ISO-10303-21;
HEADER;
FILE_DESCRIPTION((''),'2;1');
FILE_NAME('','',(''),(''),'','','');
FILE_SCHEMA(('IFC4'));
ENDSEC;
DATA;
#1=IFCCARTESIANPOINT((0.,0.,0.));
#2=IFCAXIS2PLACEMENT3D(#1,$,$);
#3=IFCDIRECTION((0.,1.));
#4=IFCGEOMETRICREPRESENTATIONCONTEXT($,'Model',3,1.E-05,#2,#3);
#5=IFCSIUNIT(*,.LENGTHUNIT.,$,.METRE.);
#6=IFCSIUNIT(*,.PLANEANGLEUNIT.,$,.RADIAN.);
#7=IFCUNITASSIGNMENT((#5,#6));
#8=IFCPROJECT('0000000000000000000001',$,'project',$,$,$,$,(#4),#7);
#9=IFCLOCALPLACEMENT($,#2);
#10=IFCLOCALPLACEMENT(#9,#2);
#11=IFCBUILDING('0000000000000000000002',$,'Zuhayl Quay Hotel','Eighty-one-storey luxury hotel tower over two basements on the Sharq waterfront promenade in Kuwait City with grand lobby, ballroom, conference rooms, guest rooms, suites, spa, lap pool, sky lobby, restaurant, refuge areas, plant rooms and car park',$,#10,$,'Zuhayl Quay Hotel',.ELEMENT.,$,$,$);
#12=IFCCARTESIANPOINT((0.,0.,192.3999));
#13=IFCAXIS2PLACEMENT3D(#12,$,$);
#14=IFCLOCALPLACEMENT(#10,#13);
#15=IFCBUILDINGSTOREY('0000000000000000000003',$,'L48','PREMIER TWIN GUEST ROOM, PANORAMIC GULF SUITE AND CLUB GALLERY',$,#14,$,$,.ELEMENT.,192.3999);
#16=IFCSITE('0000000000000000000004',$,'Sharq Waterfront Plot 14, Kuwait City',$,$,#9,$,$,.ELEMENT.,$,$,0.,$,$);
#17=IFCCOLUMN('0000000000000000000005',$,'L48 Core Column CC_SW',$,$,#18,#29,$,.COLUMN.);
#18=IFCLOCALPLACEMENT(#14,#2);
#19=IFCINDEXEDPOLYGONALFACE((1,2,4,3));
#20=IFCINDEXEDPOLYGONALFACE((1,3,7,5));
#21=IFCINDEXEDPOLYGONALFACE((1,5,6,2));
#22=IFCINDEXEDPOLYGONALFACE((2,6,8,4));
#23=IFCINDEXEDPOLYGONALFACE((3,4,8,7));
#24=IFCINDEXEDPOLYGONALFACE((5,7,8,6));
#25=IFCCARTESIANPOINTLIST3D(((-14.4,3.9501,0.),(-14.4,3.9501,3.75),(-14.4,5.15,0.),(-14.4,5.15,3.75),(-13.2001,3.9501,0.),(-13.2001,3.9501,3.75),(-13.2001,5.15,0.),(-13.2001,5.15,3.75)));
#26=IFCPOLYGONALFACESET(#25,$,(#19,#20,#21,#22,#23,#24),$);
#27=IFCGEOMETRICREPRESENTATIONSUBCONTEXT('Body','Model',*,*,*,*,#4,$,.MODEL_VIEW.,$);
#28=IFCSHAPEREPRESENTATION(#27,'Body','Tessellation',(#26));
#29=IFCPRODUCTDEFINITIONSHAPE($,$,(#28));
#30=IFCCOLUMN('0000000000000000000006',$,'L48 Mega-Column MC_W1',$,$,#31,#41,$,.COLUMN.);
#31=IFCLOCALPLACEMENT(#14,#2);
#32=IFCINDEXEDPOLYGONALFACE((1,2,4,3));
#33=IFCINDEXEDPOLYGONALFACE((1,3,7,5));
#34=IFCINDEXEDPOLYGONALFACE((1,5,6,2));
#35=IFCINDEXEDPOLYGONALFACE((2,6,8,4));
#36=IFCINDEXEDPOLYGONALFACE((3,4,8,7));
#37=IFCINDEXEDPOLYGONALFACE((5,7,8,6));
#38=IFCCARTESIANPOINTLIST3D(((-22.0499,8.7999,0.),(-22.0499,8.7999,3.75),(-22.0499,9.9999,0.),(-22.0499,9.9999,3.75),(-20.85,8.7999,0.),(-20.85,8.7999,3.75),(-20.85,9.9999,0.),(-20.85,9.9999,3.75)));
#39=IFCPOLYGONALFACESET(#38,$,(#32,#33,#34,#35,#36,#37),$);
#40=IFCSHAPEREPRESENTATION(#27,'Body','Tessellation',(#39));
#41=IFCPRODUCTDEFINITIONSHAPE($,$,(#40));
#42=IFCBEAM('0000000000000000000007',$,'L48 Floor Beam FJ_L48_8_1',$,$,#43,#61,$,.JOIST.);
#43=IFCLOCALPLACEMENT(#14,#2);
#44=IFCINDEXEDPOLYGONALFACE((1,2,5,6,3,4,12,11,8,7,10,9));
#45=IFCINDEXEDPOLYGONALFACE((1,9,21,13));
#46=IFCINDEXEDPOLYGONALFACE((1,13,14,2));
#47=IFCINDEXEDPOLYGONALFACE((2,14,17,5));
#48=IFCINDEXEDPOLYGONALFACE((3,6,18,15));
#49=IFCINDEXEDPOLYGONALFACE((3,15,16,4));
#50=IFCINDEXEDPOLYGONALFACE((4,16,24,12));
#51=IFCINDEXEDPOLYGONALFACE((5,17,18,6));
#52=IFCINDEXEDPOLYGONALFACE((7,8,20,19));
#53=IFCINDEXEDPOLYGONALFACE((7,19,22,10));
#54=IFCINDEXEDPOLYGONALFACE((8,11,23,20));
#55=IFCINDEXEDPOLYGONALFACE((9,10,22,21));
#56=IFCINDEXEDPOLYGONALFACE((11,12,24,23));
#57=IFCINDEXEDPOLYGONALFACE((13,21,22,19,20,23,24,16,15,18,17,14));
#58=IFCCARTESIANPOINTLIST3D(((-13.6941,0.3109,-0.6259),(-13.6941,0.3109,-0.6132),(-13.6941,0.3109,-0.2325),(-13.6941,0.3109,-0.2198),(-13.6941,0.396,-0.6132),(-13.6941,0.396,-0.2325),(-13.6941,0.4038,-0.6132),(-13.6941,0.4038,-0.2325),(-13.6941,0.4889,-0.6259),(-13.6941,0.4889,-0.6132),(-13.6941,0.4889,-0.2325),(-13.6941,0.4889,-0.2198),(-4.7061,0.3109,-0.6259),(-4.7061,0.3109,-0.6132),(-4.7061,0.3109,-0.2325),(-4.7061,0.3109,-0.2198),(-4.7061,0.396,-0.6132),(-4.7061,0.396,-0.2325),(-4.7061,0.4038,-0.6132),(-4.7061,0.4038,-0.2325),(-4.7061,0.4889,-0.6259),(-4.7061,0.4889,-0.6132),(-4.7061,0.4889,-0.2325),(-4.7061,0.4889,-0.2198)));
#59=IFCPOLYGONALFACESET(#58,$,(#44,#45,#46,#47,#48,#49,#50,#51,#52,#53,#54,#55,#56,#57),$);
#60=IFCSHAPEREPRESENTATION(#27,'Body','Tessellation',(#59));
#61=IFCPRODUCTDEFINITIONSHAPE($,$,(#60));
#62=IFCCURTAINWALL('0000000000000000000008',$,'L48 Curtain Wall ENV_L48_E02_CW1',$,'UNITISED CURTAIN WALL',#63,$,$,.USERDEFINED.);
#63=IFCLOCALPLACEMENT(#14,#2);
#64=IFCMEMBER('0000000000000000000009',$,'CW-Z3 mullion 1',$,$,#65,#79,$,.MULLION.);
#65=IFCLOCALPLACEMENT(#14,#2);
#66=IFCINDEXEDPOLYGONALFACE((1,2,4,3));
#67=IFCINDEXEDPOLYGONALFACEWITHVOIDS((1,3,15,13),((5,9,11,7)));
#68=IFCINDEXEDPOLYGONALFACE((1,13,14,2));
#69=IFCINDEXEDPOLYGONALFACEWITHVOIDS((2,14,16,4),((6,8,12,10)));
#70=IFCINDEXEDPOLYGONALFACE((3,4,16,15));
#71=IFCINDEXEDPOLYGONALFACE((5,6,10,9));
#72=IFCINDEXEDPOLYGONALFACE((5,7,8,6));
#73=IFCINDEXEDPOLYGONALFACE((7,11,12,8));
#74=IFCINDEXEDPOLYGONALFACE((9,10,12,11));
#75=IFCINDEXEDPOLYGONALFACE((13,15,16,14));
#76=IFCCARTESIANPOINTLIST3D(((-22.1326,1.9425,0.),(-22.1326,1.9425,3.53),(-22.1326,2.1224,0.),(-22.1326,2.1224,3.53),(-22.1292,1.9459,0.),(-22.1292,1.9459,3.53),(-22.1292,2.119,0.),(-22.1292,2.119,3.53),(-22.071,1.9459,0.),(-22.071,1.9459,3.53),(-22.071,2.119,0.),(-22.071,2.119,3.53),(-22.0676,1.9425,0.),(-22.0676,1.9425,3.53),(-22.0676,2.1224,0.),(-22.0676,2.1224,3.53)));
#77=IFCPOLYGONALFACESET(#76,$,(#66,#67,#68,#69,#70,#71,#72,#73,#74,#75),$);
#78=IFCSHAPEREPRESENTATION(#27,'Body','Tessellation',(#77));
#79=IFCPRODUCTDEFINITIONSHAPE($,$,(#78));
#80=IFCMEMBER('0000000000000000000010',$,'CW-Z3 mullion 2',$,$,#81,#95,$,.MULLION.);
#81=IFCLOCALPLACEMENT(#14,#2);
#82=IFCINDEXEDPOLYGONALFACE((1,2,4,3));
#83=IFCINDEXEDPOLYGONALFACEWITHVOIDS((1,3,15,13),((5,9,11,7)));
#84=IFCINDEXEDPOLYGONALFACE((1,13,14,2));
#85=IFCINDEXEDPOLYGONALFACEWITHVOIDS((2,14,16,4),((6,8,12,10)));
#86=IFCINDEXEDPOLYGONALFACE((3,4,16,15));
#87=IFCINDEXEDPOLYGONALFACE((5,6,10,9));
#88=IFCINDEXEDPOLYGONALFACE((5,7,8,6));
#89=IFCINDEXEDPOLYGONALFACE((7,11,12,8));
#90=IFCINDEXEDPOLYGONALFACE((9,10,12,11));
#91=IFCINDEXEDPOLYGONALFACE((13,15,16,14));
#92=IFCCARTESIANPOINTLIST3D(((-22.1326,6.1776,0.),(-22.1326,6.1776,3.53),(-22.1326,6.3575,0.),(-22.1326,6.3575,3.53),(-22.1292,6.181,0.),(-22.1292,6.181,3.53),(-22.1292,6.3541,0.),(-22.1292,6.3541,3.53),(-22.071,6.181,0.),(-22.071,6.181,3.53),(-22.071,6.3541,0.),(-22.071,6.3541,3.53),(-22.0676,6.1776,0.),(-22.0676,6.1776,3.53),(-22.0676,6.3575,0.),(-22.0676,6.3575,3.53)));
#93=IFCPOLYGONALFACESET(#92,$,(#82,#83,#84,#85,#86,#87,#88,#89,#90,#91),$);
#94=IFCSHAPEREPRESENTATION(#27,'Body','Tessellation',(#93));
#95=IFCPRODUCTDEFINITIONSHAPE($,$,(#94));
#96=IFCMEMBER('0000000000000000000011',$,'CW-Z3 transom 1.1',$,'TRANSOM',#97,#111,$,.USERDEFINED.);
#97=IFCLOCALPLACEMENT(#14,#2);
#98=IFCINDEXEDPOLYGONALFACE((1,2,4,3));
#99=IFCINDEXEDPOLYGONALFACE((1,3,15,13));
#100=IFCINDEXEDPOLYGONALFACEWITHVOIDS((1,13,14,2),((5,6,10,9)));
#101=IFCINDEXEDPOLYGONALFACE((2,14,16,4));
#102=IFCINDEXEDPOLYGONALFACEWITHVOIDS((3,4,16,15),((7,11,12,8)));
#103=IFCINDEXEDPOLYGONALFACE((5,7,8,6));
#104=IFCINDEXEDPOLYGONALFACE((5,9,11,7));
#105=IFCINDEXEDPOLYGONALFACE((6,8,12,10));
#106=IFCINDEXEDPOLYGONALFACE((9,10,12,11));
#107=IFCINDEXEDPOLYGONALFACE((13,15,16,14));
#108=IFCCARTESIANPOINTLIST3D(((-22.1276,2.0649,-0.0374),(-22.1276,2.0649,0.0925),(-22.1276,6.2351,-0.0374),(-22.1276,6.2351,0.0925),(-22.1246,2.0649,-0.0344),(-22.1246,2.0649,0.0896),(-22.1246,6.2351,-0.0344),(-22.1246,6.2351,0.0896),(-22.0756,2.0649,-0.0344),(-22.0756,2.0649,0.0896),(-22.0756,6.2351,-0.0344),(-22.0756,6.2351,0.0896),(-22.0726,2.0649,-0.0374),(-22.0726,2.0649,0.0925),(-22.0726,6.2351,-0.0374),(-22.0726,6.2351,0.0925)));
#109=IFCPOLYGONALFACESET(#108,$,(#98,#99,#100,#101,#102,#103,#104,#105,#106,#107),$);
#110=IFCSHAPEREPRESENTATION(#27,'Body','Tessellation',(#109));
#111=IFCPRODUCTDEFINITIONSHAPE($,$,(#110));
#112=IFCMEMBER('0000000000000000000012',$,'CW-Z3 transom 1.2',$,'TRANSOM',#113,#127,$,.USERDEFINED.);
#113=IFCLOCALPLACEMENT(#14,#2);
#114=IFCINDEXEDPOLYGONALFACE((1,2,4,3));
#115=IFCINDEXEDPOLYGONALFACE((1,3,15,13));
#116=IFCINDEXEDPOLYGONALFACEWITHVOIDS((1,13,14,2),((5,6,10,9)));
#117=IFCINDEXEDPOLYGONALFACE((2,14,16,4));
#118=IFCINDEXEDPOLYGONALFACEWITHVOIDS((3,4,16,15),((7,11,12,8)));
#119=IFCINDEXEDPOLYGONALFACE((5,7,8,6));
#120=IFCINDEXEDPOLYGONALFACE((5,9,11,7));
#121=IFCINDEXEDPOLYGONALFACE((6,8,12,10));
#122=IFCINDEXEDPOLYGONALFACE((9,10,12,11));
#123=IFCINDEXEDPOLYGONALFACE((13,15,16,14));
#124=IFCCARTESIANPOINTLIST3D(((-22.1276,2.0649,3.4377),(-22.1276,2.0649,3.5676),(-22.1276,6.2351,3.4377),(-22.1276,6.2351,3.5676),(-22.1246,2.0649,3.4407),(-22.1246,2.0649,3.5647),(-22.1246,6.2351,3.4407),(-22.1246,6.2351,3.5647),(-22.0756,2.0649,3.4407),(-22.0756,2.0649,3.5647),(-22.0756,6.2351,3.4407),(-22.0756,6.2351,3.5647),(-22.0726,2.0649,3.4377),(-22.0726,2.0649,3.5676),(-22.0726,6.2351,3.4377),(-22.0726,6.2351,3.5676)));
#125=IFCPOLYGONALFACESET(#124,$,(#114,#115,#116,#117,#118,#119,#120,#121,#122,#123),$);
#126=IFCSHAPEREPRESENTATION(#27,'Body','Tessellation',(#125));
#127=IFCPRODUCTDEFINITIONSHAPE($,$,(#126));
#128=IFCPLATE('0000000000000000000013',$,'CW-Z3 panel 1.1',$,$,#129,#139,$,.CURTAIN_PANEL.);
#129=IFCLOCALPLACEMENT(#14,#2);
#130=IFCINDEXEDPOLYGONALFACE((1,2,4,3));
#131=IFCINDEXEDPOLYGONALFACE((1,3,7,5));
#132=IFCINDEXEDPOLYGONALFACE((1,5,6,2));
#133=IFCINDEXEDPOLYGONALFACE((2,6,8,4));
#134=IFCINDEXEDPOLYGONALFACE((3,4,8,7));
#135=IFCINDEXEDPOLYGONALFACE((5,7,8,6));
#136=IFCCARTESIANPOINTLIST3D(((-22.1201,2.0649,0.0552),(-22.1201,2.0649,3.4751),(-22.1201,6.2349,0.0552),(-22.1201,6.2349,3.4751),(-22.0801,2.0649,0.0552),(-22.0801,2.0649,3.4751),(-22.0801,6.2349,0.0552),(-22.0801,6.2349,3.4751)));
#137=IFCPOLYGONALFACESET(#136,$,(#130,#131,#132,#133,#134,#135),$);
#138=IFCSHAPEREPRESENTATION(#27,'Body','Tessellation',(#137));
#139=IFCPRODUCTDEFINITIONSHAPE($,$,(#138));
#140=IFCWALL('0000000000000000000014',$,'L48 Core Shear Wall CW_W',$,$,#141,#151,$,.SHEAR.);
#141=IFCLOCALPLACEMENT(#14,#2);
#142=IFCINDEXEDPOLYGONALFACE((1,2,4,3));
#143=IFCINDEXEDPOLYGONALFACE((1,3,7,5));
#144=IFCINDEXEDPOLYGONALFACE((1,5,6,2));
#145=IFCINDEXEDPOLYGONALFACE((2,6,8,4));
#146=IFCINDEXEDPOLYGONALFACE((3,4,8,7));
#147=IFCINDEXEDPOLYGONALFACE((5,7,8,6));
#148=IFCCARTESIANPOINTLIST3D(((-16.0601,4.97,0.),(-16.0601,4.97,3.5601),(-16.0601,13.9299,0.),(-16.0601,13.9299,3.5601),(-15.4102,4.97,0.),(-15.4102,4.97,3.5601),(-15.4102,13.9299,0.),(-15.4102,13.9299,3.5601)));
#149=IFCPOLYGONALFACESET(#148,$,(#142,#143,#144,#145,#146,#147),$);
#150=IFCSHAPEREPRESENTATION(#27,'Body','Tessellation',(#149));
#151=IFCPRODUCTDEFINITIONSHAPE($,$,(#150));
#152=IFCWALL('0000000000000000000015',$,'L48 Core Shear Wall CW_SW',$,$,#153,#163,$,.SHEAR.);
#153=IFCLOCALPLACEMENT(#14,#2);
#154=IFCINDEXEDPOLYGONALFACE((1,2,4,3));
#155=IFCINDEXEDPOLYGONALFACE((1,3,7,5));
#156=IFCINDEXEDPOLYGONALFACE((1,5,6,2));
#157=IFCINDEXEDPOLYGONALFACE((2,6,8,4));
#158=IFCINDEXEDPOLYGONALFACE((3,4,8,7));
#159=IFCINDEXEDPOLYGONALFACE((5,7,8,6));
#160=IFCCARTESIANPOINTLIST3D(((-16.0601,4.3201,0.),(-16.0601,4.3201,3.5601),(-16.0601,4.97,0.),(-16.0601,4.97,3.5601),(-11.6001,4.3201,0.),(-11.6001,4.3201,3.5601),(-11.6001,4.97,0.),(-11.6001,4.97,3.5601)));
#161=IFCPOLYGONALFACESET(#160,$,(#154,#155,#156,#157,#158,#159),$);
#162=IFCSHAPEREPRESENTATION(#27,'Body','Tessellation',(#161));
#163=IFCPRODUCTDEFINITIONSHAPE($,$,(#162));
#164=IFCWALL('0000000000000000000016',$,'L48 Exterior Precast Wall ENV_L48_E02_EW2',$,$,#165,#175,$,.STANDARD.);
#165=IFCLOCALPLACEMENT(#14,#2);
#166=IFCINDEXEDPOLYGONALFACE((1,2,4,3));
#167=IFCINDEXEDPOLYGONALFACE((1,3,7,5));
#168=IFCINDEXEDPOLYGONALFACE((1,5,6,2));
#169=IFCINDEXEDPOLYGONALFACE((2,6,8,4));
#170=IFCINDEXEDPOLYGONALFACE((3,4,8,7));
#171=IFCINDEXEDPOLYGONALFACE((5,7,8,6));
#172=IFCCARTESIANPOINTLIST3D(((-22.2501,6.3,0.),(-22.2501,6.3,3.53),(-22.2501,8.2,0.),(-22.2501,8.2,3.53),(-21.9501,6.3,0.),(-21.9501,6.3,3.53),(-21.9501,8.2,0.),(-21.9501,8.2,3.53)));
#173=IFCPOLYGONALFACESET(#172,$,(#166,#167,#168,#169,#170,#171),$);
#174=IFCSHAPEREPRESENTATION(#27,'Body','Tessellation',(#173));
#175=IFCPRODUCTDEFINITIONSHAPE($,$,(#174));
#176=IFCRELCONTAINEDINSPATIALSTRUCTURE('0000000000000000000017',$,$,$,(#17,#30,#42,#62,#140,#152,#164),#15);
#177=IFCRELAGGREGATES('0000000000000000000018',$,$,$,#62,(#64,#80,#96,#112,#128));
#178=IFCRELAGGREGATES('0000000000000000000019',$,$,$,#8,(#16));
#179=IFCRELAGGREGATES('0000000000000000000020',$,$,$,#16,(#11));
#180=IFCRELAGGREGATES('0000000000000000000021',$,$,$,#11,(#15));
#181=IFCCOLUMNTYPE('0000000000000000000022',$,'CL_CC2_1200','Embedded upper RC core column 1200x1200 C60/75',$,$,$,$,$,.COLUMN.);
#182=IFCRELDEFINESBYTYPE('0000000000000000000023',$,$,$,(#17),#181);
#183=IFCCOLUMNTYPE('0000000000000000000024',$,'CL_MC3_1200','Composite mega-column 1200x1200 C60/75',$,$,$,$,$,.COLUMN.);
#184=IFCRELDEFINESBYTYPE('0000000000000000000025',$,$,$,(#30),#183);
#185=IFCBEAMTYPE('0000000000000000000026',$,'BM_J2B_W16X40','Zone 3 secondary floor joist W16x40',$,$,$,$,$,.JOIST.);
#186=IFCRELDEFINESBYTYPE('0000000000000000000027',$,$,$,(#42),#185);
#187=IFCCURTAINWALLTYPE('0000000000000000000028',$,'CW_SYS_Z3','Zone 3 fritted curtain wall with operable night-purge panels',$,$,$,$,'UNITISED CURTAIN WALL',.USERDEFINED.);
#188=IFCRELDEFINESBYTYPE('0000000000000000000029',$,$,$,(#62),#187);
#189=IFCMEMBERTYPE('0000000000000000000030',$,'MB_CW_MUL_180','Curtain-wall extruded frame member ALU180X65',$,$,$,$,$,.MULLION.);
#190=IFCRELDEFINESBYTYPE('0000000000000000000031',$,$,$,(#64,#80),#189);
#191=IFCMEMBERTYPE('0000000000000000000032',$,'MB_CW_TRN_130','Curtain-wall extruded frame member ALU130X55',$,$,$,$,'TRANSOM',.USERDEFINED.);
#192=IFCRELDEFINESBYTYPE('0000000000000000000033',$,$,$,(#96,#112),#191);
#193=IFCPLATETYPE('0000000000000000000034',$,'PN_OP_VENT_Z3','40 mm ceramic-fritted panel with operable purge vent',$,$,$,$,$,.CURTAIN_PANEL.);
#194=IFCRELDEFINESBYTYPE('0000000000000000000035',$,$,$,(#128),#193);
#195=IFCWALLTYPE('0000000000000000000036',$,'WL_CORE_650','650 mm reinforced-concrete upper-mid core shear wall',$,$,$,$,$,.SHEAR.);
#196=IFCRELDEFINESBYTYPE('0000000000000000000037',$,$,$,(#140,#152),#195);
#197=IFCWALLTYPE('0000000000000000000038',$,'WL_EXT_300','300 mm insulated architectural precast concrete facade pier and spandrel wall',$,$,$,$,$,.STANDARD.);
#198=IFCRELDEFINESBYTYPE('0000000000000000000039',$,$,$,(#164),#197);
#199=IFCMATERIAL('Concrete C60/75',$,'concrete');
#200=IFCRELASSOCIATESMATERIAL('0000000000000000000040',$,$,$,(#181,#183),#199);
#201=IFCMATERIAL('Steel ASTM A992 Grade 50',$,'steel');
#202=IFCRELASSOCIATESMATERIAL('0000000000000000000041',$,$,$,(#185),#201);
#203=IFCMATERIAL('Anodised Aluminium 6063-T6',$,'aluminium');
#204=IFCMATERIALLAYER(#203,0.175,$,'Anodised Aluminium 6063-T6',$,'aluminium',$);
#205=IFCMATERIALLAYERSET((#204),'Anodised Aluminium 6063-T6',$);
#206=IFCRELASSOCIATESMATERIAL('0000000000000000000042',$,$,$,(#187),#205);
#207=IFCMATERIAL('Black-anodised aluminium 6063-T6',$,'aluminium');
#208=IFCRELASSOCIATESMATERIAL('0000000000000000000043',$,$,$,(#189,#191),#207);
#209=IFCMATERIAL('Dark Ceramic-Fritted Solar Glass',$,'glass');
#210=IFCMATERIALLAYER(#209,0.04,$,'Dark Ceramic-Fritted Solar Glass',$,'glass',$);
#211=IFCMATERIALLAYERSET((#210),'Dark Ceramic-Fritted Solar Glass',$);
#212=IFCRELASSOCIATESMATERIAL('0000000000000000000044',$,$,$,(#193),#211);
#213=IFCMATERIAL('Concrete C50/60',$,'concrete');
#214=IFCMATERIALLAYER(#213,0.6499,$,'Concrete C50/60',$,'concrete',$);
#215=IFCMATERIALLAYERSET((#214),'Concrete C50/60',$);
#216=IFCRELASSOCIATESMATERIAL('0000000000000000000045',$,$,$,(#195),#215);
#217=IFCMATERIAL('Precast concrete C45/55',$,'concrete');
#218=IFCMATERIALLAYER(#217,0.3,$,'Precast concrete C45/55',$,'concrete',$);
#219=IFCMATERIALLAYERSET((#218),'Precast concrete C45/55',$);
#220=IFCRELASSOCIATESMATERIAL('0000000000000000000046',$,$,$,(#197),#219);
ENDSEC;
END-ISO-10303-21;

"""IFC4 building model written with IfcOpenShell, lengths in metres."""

from ifc_helpers import new_model, si_unit, direction, frame, frame_2d, origin, origin_2d, place, context, subcontext, project, spatial, rectangle, hollow_rectangle, i_section, extrude, material, layer, layer_set, material_profile, profile_set, type_object, element, aggregate, save


model = new_model("IFC4")

# Units and contexts
model_context = context("Model", 3, precision=1e-05, world=origin(), true_north=direction((0.0, 1.0)))
body_context = subcontext(model_context, "Body", "Model", "MODEL_VIEW")
ifc_project = project(units=[si_unit("LENGTHUNIT", "METRE"), si_unit("PLANEANGLEUNIT", "RADIAN")], contexts=[model_context])

# Site, building, storey
site_placement = place(None, origin())
site = spatial("IfcSite", under=ifc_project, at=site_placement, Name="Sharq Waterfront Plot 14, Kuwait City", CompositionType="ELEMENT", RefElevation=0.0)
building_placement = place(site_placement, origin())
building = spatial("IfcBuilding", under=site, at=building_placement, Name="Zuhayl Quay Hotel", Description="Eighty-one-storey luxury hotel tower over two basements on the Sharq waterfront promenade in Kuwait City with grand lobby, ballroom, conference rooms, guest rooms, suites, spa, lap pool, sky lobby, restaurant, refuge areas, plant rooms and car park", LongName="Zuhayl Quay Hotel", CompositionType="ELEMENT")
storey_placement = place(building_placement, frame((0.0, 0.0, 192.3999)))
storey = spatial("IfcBuildingStorey", under=building, at=storey_placement, Name="L48", Description="PREMIER TWIN GUEST ROOM, PANORAMIC GULF SUITE AND CLUB GALLERY", CompositionType="ELEMENT", Elevation=192.3999)

# Columns
ifc_material_1 = material(Name="Concrete C60/75", Category="concrete")
ifc_material_profile_1 = material_profile(ifc_material_1, rectangle(XDim=1.2, YDim=1.2, at=origin_2d()), Name="RC1200X1200")
ifc_profile_set_1 = profile_set([ifc_material_profile_1], Name="Concrete C60/75")
column_type_1 = type_object("IfcColumnType", Name="CL_CC2_1200", Description="Embedded upper RC core column 1200x1200 C60/75", PredefinedType="COLUMN", material=ifc_profile_set_1)
column_1_placement = place(storey_placement, frame((-13.8, 4.55, 0.0), z_axis=(0.0, 0.0, 1.0), x_axis=(1.0, 0.0, 0.0)))
element("IfcColumn", 1, at=column_1_placement, inside=storey, type_object=column_type_1, Name="L48 Core Column CC_SW", PredefinedType="COLUMN", context=body_context, shape_type="SweptSolid", body=[
    extrude(rectangle(XDim=1.2, YDim=1.2, at=origin_2d()), origin(), (0.0, 0.0, 1.0), 3.75),
])
ifc_material_profile_2 = material_profile(ifc_material_1, rectangle(XDim=1.2, YDim=1.2, at=origin_2d()), Name="RC1200X1200")
ifc_profile_set_2 = profile_set([ifc_material_profile_2], Name="Concrete C60/75")
column_type_2 = type_object("IfcColumnType", Name="CL_MC3_1200", Description="Composite mega-column 1200x1200 C60/75", PredefinedType="COLUMN", material=ifc_profile_set_2)
column_2_placement = place(storey_placement, frame((-21.45, 9.3999, 0.0), z_axis=(0.0, 0.0, 1.0), x_axis=(1.0, 0.0, 0.0)))
element("IfcColumn", 2, at=column_2_placement, inside=storey, type_object=column_type_2, Name="L48 Mega-Column MC_W1", PredefinedType="COLUMN", context=body_context, shape_type="SweptSolid", body=[
    extrude(rectangle(XDim=1.2, YDim=1.2, at=origin_2d()), origin(), (0.0, 0.0, 1.0), 3.75),
])

# Beam
ifc_material_2 = material(Name="Steel ASTM A992 Grade 50", Category="steel")
ifc_material_profile_3 = material_profile(ifc_material_2, i_section(OverallWidth=0.178, OverallDepth=0.406, WebThickness=0.0078, FlangeThickness=0.0127, at=origin_2d()), Name="W16X40")
ifc_profile_set_3 = profile_set([ifc_material_profile_3], Name="Steel ASTM A992 Grade 50")
beam_type = type_object("IfcBeamType", Name="BM_J2B_W16X40", Description="Zone 3 secondary floor joist W16x40", PredefinedType="JOIST", material=ifc_profile_set_3)
beam_placement = place(storey_placement, frame((-13.6941, 0.3999, -0.4229), z_axis=(1.0, 0.0, 0.0), x_axis=(0.0, 1.0, 0.0)))
element("IfcBeam", 3, at=beam_placement, inside=storey, type_object=beam_type, Name="L48 Floor Beam FJ_L48_8_1", PredefinedType="JOIST", context=body_context, shape_type="SweptSolid", body=[
    extrude(i_section(OverallWidth=0.178, OverallDepth=0.406, WebThickness=0.0078, FlangeThickness=0.0127, at=origin_2d()), origin(), (0.0, 0.0, 1.0), 8.988),
])

# Curtain wall, members, plate
ifc_material_3 = material(Name="Anodised Aluminium 6063-T6", Category="aluminium")
ifc_layer_1 = layer(ifc_material_3, 0.175, Name="Anodised Aluminium 6063-T6", Category="aluminium")
ifc_layer_set_1 = layer_set([ifc_layer_1], Name="Anodised Aluminium 6063-T6")
curtain_wall_type = type_object("IfcCurtainWallType", Name="CW_SYS_Z3", Description="Zone 3 fritted curtain wall with operable night-purge panels", ElementType="UNITISED CURTAIN WALL", PredefinedType="USERDEFINED", material=ifc_layer_set_1)
curtain_wall_placement = place(storey_placement, origin())
curtain_wall = element("IfcCurtainWall", 4, at=curtain_wall_placement, inside=storey, type_object=curtain_wall_type, Name="L48 Curtain Wall ENV_L48_E02_CW1", ObjectType="UNITISED CURTAIN WALL", PredefinedType="USERDEFINED")
ifc_material_4 = material(Name="Black-anodised aluminium 6063-T6", Category="aluminium")
ifc_material_profile_4 = material_profile(ifc_material_4, hollow_rectangle(XDim=0.0649, YDim=0.1799, WallThickness=0.0034, at=origin_2d()), Name="ALU180X65")
ifc_profile_set_4 = profile_set([ifc_material_profile_4], Name="Black-anodised aluminium 6063-T6")
member_type_1 = type_object("IfcMemberType", Name="MB_CW_MUL_180", Description="Curtain-wall extruded frame member ALU180X65", PredefinedType="MULLION", material=ifc_profile_set_4)
member_1_placement = place(storey_placement, frame((-22.1001, 2.0325, 0.0), z_axis=(0.0, 0.0, 1.0), x_axis=(-1.0, 0.0, 0.0)))
member_1 = element("IfcMember", 5, at=member_1_placement, type_object=member_type_1, Name="CW-Z3 mullion 1", PredefinedType="MULLION", context=body_context, shape_type="SweptSolid", body=[
    extrude(hollow_rectangle(XDim=0.0649, YDim=0.1799, WallThickness=0.0034, at=origin_2d()), origin(), (0.0, 0.0, 1.0), 3.53),
])
member_2_placement = place(storey_placement, frame((-22.1001, 6.2676, 0.0), z_axis=(0.0, 0.0, 1.0), x_axis=(-1.0, 0.0, 0.0)))
member_2 = element("IfcMember", 6, at=member_2_placement, type_object=member_type_1, Name="CW-Z3 mullion 2", PredefinedType="MULLION", context=body_context, shape_type="SweptSolid", body=[
    extrude(hollow_rectangle(XDim=0.0649, YDim=0.1799, WallThickness=0.0034, at=origin_2d()), origin(), (0.0, 0.0, 1.0), 3.53),
])
ifc_material_profile_5 = material_profile(ifc_material_4, hollow_rectangle(XDim=0.0549, YDim=0.1299, WallThickness=0.0029, at=origin_2d()), Name="ALU130X55")
ifc_profile_set_5 = profile_set([ifc_material_profile_5], Name="Black-anodised aluminium 6063-T6")
member_type_2 = type_object("IfcMemberType", Name="MB_CW_TRN_130", Description="Curtain-wall extruded frame member ALU130X55", ElementType="TRANSOM", PredefinedType="USERDEFINED", material=ifc_profile_set_5)
member_3_placement = place(storey_placement, frame((-22.1001, 2.0649, 0.0276), z_axis=(0.0, 1.0, 0.0), x_axis=(-1.0, 0.0, 0.0)))
member_3 = element("IfcMember", 7, at=member_3_placement, type_object=member_type_2, Name="CW-Z3 transom 1.1", ObjectType="TRANSOM", PredefinedType="USERDEFINED", context=body_context, shape_type="SweptSolid", body=[
    extrude(hollow_rectangle(XDim=0.0549, YDim=0.1299, WallThickness=0.0029, at=origin_2d()), origin(), (0.0, 0.0, 1.0), 4.1702),
])
member_4_placement = place(storey_placement, frame((-22.1001, 2.0649, 3.5027), z_axis=(0.0, 1.0, 0.0), x_axis=(-1.0, 0.0, 0.0)))
member_4 = element("IfcMember", 8, at=member_4_placement, type_object=member_type_2, Name="CW-Z3 transom 1.2", ObjectType="TRANSOM", PredefinedType="USERDEFINED", context=body_context, shape_type="SweptSolid", body=[
    extrude(hollow_rectangle(XDim=0.0549, YDim=0.1299, WallThickness=0.0029, at=origin_2d()), origin(), (0.0, 0.0, 1.0), 4.1702),
])
ifc_material_5 = material(Name="Dark Ceramic-Fritted Solar Glass", Category="glass")
ifc_layer_2 = layer(ifc_material_5, 0.04, Name="Dark Ceramic-Fritted Solar Glass", Category="glass")
ifc_layer_set_2 = layer_set([ifc_layer_2], Name="Dark Ceramic-Fritted Solar Glass")
plate_type = type_object("IfcPlateType", Name="PN_OP_VENT_Z3", Description="40 mm ceramic-fritted panel with operable purge vent", PredefinedType="CURTAIN_PANEL", material=ifc_layer_set_2)
plate_placement = place(storey_placement, frame((-22.1001, 4.1499, 0.0552), z_axis=(0.0, 0.0, 1.0), x_axis=(0.0, 1.0, 0.0)))
plate = element("IfcPlate", 9, at=plate_placement, type_object=plate_type, Name="CW-Z3 panel 1.1", PredefinedType="CURTAIN_PANEL", context=body_context, shape_type="SweptSolid", body=[
    extrude(rectangle(XDim=4.1699, YDim=0.04, at=origin_2d()), origin(), (0.0, 0.0, 1.0), 3.4199),
])
aggregate(curtain_wall, [member_1, member_2, member_3, member_4, plate])

# Walls
ifc_material_6 = material(Name="Concrete C50/60", Category="concrete")
ifc_layer_3 = layer(ifc_material_6, 0.6499, Name="Concrete C50/60", Category="concrete")
ifc_layer_set_3 = layer_set([ifc_layer_3], Name="Concrete C50/60")
wall_type_1 = type_object("IfcWallType", Name="WL_CORE_650", Description="650 mm reinforced-concrete upper-mid core shear wall", PredefinedType="SHEAR", material=ifc_layer_set_3)
wall_1_placement = place(storey_placement, frame((-15.7351, 4.97, 0.0), z_axis=(0.0, 0.0, 1.0), x_axis=(0.0, 1.0, 0.0)))
element("IfcWall", 10, at=wall_1_placement, inside=storey, type_object=wall_type_1, Name="L48 Core Shear Wall CW_W", PredefinedType="SHEAR", context=body_context, shape_type="SweptSolid", body=[
    extrude(rectangle(XDim=8.96, YDim=0.6499, at=frame_2d((4.48, 0.0))), origin(), (0.0, 0.0, 1.0), 3.5601),
])
wall_2_placement = place(storey_placement, frame((-16.0601, 4.645, 0.0), z_axis=(0.0, 0.0, 1.0), x_axis=(1.0, 0.0, 0.0)))
element("IfcWall", 11, at=wall_2_placement, inside=storey, type_object=wall_type_1, Name="L48 Core Shear Wall CW_SW", PredefinedType="SHEAR", context=body_context, shape_type="SweptSolid", body=[
    extrude(rectangle(XDim=4.46, YDim=0.6499, at=frame_2d((2.23, 0.0))), origin(), (0.0, 0.0, 1.0), 3.5601),
])
ifc_material_7 = material(Name="Precast concrete C45/55", Category="concrete")
ifc_layer_4 = layer(ifc_material_7, 0.3, Name="Precast concrete C45/55", Category="concrete")
ifc_layer_set_4 = layer_set([ifc_layer_4], Name="Precast concrete C45/55")
wall_type_2 = type_object("IfcWallType", Name="WL_EXT_300", Description="300 mm insulated architectural precast concrete facade pier and spandrel wall", PredefinedType="STANDARD", material=ifc_layer_set_4)
wall_3_placement = place(storey_placement, frame((-22.1001, 6.3, 0.0), z_axis=(0.0, 0.0, 1.0), x_axis=(0.0, 1.0, 0.0)))
element("IfcWall", 12, at=wall_3_placement, inside=storey, type_object=wall_type_2, Name="L48 Exterior Precast Wall ENV_L48_E02_EW2", PredefinedType="STANDARD", context=body_context, shape_type="SweptSolid", body=[
    extrude(rectangle(XDim=1.8999, YDim=0.3, at=frame_2d((0.95, 0.0))), origin(), (0.0, 0.0, 1.0), 3.53),
])

save(model, "model.ifc")
